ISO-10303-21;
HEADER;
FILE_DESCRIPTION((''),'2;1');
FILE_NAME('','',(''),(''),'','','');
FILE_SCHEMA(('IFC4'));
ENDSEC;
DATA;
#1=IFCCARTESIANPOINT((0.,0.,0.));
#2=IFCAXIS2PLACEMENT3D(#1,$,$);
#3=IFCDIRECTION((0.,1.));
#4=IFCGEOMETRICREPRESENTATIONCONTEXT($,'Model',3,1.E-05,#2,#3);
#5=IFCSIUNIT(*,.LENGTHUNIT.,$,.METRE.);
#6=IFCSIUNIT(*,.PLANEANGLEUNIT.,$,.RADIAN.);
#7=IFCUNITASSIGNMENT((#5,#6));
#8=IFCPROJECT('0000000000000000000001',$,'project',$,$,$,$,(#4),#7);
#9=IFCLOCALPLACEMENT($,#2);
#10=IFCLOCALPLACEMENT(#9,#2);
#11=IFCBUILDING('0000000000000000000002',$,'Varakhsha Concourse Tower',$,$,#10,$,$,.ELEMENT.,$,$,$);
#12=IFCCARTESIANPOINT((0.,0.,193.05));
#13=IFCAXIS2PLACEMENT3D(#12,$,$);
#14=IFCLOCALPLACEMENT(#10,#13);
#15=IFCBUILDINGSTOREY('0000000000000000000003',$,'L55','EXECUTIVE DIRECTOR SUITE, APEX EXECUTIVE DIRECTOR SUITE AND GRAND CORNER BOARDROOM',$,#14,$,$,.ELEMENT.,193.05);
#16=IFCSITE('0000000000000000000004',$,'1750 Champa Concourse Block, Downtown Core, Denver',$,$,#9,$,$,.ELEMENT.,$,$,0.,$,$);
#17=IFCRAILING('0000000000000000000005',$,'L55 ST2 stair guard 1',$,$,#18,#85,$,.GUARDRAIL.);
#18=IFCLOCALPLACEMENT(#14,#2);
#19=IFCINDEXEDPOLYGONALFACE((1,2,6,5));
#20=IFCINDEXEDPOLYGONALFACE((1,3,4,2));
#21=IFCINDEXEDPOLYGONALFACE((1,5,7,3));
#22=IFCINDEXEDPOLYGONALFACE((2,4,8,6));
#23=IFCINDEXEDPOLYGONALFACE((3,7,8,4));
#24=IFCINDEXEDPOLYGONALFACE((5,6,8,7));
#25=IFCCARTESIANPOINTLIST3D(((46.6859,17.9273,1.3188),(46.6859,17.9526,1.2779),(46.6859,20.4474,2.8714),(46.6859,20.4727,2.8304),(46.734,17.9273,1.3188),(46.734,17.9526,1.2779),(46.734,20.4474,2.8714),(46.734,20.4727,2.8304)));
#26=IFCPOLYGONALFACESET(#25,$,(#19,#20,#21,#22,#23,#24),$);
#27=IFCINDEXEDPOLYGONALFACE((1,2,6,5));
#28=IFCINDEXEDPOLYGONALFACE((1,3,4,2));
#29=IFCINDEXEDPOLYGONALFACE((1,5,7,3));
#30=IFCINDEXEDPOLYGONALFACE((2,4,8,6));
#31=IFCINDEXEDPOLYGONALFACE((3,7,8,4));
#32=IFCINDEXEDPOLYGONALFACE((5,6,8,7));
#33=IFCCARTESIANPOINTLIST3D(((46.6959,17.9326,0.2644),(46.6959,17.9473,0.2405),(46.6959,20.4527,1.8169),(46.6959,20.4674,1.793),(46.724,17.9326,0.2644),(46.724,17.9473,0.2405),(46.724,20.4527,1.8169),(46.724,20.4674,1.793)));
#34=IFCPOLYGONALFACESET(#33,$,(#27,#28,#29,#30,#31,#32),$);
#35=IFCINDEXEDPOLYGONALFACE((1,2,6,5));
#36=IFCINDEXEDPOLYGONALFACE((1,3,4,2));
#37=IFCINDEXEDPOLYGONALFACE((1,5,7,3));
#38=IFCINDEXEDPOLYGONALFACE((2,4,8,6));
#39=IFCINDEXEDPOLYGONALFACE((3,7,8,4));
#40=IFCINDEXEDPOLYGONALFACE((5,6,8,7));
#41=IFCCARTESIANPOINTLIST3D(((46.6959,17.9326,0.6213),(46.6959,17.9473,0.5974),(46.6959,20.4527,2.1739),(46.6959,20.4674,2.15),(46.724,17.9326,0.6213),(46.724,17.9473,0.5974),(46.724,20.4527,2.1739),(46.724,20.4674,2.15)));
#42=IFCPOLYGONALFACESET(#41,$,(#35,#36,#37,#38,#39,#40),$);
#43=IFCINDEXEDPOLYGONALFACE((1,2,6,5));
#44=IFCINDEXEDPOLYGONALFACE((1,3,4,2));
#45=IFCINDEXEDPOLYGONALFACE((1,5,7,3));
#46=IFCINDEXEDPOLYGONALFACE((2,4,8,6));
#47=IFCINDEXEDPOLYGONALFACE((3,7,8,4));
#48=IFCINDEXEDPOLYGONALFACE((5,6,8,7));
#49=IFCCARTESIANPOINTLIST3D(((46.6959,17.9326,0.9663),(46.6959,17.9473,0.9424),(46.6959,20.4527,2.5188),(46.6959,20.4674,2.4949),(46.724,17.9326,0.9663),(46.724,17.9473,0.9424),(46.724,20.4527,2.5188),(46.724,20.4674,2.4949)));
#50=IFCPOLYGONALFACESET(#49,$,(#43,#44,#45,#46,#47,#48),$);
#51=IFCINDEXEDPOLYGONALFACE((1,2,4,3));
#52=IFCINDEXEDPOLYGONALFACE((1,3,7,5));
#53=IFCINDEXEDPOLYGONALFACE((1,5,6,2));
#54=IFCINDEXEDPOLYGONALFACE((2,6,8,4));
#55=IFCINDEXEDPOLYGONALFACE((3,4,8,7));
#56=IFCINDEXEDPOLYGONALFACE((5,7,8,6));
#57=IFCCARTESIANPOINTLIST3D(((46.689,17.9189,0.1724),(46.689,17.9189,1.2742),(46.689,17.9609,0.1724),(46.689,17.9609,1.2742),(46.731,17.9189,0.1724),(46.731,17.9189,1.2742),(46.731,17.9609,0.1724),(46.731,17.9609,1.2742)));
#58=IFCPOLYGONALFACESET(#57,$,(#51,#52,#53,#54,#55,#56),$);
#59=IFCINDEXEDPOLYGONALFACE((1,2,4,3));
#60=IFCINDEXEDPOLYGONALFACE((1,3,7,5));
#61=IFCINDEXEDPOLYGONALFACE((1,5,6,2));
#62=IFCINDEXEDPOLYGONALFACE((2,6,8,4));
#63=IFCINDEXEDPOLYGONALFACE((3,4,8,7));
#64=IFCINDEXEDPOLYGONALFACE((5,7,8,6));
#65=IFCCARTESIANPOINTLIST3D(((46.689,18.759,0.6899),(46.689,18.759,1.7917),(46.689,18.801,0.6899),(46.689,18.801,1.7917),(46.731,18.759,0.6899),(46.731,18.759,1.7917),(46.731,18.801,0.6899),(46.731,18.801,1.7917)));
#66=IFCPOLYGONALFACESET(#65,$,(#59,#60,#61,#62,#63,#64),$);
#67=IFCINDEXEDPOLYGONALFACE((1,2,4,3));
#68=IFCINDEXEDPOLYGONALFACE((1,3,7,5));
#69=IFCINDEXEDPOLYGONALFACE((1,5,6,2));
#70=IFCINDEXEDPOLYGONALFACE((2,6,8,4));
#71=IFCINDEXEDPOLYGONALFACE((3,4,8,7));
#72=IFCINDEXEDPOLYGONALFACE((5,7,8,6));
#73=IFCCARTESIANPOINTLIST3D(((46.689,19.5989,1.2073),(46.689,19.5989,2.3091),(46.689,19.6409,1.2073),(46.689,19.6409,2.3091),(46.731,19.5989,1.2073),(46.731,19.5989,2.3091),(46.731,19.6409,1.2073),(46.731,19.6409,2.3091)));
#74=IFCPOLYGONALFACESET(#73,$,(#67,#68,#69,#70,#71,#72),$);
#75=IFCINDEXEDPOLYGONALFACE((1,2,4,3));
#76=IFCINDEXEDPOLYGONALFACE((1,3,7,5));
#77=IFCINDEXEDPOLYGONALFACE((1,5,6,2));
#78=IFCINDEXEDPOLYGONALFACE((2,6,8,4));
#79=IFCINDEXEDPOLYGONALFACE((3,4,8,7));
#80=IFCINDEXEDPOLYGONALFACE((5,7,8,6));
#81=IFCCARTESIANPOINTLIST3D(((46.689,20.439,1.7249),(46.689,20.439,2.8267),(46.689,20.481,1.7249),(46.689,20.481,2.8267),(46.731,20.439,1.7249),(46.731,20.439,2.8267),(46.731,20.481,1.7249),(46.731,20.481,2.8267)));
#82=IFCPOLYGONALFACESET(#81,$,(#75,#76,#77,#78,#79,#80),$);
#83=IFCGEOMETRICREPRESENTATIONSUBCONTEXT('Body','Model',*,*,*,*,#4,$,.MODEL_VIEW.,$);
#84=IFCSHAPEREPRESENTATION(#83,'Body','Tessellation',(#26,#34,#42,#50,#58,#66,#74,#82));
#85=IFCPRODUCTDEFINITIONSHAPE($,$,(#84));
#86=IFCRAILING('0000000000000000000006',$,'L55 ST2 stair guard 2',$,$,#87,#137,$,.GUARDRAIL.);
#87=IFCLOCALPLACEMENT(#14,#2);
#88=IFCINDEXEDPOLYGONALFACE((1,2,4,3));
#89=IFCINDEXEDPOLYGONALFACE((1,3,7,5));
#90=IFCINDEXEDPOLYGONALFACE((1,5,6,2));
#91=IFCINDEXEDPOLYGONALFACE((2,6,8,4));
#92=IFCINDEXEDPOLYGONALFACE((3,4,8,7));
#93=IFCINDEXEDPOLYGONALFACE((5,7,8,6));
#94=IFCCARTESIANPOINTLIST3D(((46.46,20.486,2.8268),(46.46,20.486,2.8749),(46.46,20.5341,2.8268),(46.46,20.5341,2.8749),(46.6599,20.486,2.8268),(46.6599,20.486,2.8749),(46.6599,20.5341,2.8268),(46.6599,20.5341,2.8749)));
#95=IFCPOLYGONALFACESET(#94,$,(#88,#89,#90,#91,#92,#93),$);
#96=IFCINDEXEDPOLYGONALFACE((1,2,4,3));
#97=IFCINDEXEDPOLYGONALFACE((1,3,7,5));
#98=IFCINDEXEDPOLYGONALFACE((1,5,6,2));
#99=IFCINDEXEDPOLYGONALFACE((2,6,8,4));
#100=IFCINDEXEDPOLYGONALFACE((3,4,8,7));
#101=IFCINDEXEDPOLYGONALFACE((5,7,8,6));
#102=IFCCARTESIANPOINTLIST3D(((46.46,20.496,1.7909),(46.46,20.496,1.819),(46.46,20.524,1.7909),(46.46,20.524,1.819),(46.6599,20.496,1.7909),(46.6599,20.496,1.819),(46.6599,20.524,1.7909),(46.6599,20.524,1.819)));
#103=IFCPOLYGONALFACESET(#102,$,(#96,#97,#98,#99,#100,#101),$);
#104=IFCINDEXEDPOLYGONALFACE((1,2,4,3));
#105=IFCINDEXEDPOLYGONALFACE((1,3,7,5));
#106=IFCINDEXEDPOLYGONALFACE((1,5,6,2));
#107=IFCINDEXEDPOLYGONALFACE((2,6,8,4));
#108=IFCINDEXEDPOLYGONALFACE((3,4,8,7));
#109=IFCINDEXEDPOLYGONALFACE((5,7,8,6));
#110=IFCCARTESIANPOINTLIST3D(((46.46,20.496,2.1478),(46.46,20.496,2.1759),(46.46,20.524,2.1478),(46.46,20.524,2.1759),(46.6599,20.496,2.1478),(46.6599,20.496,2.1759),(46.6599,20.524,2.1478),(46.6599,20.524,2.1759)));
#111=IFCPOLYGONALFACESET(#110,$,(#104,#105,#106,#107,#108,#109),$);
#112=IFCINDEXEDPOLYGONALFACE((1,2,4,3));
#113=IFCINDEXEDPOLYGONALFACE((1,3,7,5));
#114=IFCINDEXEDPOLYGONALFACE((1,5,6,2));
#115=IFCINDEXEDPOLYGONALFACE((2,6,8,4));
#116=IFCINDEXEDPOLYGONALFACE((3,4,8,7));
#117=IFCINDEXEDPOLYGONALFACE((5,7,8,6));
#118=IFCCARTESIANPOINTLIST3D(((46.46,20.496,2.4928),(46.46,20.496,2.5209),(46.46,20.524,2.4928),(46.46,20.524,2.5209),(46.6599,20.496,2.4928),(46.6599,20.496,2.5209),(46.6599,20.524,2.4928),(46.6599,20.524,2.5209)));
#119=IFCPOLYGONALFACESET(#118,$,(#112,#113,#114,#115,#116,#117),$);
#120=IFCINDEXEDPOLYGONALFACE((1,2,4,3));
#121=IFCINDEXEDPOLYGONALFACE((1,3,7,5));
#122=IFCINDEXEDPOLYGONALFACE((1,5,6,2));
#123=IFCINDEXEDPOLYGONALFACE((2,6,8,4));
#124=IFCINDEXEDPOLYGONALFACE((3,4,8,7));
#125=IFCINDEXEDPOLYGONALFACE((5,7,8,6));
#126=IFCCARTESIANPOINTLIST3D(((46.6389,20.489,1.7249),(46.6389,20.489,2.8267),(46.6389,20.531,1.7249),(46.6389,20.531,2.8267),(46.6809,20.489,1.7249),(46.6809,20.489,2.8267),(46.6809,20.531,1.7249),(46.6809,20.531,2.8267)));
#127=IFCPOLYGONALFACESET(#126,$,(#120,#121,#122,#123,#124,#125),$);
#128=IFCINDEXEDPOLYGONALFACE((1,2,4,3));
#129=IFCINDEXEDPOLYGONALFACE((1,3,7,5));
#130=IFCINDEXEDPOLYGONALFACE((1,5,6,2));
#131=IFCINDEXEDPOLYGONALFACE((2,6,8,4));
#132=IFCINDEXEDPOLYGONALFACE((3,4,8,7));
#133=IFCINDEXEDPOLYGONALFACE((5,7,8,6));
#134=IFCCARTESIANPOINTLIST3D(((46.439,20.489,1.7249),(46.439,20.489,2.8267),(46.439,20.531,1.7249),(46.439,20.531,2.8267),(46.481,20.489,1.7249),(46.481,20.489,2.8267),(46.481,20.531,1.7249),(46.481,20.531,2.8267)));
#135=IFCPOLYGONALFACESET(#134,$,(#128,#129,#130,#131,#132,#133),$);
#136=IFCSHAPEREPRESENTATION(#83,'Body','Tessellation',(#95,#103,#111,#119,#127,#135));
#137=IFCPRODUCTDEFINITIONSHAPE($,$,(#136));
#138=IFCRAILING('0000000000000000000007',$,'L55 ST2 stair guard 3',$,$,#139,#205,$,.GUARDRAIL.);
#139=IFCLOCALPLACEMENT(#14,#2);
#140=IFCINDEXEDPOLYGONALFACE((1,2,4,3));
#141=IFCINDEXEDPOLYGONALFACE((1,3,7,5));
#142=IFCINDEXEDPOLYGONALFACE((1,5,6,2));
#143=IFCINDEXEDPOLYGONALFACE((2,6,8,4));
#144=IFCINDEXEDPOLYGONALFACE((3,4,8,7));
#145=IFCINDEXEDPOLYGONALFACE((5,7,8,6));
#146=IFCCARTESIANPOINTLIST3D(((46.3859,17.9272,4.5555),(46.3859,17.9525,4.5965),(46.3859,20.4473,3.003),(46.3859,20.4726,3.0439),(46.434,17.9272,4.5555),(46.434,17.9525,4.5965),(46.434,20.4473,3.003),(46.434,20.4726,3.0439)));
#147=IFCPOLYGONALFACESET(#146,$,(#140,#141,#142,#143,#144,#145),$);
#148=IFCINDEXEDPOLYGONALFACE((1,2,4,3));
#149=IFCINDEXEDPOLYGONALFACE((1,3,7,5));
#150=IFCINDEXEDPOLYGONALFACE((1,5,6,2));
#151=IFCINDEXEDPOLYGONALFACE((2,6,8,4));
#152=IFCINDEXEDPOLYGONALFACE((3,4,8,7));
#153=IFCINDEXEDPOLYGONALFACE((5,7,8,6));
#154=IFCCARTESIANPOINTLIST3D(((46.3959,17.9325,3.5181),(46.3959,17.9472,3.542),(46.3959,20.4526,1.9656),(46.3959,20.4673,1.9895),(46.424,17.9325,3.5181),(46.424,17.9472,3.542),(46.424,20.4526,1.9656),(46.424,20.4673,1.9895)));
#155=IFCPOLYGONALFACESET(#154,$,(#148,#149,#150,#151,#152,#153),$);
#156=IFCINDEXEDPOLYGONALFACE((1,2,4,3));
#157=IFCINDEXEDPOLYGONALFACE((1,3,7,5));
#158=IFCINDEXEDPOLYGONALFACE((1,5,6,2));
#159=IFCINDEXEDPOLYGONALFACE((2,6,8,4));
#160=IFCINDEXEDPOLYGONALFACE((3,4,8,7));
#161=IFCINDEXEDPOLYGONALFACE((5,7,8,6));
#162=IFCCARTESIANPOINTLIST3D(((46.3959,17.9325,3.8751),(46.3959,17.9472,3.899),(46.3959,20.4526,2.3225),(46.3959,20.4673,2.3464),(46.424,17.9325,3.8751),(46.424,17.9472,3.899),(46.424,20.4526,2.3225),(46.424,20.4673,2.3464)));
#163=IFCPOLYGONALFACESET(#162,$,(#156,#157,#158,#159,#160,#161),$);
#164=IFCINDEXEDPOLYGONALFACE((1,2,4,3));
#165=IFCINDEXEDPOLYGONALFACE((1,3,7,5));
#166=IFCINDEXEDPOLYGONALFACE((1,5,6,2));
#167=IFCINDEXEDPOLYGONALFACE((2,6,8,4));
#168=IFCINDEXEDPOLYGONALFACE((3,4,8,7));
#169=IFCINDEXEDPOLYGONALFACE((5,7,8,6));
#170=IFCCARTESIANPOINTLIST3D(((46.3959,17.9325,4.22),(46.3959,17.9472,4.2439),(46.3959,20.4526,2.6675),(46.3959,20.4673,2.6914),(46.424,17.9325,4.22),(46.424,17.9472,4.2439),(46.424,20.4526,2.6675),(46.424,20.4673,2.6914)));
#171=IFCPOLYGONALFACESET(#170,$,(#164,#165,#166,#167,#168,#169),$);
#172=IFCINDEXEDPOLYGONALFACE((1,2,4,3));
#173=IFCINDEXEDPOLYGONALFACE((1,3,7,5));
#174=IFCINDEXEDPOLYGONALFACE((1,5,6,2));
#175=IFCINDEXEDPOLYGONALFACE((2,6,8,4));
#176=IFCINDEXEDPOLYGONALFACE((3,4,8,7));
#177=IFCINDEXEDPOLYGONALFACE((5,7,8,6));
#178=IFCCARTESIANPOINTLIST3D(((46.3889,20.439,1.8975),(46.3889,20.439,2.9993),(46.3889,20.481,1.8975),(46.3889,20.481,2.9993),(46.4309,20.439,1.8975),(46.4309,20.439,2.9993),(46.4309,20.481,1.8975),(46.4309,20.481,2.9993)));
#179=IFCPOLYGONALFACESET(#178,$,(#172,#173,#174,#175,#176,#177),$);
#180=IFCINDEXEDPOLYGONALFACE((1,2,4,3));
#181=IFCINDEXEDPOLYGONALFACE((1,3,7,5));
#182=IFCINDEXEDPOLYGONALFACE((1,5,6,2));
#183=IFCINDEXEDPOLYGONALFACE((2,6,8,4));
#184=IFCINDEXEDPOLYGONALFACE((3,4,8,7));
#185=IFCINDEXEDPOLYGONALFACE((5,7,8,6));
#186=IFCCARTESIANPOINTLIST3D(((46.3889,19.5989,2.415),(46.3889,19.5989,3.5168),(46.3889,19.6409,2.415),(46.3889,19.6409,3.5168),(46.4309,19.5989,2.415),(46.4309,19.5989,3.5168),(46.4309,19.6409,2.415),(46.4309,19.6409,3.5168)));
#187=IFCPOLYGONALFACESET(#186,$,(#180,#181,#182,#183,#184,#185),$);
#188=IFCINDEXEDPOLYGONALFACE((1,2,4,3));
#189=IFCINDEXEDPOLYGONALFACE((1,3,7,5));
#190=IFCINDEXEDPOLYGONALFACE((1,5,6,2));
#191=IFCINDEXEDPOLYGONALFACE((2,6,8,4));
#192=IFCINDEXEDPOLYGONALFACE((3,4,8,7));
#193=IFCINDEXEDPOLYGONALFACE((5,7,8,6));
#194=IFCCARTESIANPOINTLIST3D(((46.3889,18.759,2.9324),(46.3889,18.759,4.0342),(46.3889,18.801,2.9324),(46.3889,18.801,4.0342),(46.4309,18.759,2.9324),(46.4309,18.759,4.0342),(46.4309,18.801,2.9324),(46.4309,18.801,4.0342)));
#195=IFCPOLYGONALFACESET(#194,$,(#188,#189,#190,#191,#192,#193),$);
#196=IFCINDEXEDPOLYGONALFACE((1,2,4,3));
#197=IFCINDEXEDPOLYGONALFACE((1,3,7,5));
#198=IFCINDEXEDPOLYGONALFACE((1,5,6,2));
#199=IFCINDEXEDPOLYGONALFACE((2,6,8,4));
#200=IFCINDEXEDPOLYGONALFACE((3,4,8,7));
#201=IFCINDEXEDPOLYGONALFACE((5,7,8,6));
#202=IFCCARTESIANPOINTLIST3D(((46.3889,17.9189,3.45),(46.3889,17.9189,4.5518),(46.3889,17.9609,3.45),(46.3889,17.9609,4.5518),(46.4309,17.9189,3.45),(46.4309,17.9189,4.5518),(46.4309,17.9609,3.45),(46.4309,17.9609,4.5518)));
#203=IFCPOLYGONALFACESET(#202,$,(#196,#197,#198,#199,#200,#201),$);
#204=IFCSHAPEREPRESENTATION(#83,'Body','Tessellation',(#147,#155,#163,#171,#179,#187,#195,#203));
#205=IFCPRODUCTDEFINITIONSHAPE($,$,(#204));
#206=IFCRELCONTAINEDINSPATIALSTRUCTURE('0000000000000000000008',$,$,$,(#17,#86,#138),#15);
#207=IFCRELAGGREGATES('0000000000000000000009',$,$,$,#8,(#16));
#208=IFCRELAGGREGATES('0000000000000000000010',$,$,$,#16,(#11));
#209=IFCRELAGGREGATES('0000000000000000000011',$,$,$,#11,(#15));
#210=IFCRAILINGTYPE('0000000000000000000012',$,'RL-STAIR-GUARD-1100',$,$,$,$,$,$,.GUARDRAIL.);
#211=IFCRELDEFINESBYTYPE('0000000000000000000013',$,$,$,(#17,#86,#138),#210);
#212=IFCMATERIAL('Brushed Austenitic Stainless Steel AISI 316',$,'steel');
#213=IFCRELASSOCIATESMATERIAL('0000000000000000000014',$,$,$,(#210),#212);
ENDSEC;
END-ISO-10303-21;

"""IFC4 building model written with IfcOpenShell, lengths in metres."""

from ifc_helpers import new_model, si_unit, direction, frame, origin, origin_2d, place, context, subcontext, project, spatial, rectangle, extrude, material, type_object, element, save


model = new_model("IFC4")

# Units and contexts
model_context = context("Model", 3, precision=1e-05, world=origin(), true_north=direction((0.0, 1.0)))
body_context = subcontext(model_context, "Body", "Model", "MODEL_VIEW")
ifc_project = project(units=[si_unit("LENGTHUNIT", "METRE"), si_unit("PLANEANGLEUNIT", "RADIAN")], contexts=[model_context])

# Site, building, storey
site_placement = place(None, origin())
site = spatial("IfcSite", under=ifc_project, at=site_placement, Name="1750 Champa Concourse Block, Downtown Core, Denver", CompositionType="ELEMENT", RefElevation=0.0)
building_placement = place(site_placement, origin())
building = spatial("IfcBuilding", under=site, at=building_placement, Name="Varakhsha Concourse Tower", CompositionType="ELEMENT")
storey_placement = place(building_placement, frame((0.0, 0.0, 193.05)))
storey = spatial("IfcBuildingStorey", under=building, at=storey_placement, Name="L55", Description="EXECUTIVE DIRECTOR SUITE, APEX EXECUTIVE DIRECTOR SUITE AND GRAND CORNER BOARDROOM", CompositionType="ELEMENT", Elevation=193.05)

# Railings
ifc_material_1 = material(Name="Brushed Austenitic Stainless Steel AISI 316", Category="steel")
railing_type_1 = type_object("IfcRailingType", Name="RL-STAIR-GUARD-1100", PredefinedType="GUARDRAIL", material=ifc_material_1)
railing_1_placement = place(storey_placement, frame((46.71, 17.9399, 0.1724)))
element("IfcRailing", 1, at=railing_1_placement, inside=storey, type_object=railing_type_1, Name="L55 ST2 stair guard 1", PredefinedType="GUARDRAIL", context=body_context, shape_type="SweptSolid", body=[
    extrude(rectangle(XDim=0.0481, YDim=0.0481, at=origin_2d()), frame((0.0, 0.0, 1.126), z_axis=(0.0, 0.8514, 0.524516), x_axis=(-1.0, 0.0, 0.0)), (0.0, 0.0, 1.0), 2.96),
    extrude(rectangle(XDim=0.0281, YDim=0.0281, at=origin_2d()), frame((0.0, 0.0, 0.0801), z_axis=(0.0, 0.8514, 0.524516), x_axis=(-1.0, 0.0, 0.0)), (0.0, 0.0, 1.0), 2.96),
    extrude(rectangle(XDim=0.0281, YDim=0.0281, at=origin_2d()), frame((0.0, 0.0, 0.437), z_axis=(0.0, 0.8514, 0.524516), x_axis=(-1.0, 0.0, 0.0)), (0.0, 0.0, 1.0), 2.96),
    extrude(rectangle(XDim=0.0281, YDim=0.0281, at=origin_2d()), frame((0.0, 0.0, 0.782), z_axis=(0.0, 0.8514, 0.524516), x_axis=(-1.0, 0.0, 0.0)), (0.0, 0.0, 1.0), 2.96),
    extrude(rectangle(XDim=0.042, YDim=0.042, at=origin_2d()), origin(), (0.0, 0.0, 1.0), 1.1018),
    extrude(rectangle(XDim=0.042, YDim=0.042, at=origin_2d()), frame((0.0, 0.8401, 0.5176)), (0.0, 0.0, 1.0), 1.1018),
    extrude(rectangle(XDim=0.042, YDim=0.042, at=origin_2d()), frame((0.0, 1.6799, 1.0349)), (0.0, 0.0, 1.0), 1.1018),
    extrude(rectangle(XDim=0.042, YDim=0.042, at=origin_2d()), frame((0.0, 2.52, 1.5525)), (0.0, 0.0, 1.0), 1.1018),
])
railing_2_placement = place(storey_placement, frame((46.6599, 20.51, 1.7249)))
element("IfcRailing", 2, at=railing_2_placement, inside=storey, type_object=railing_type_1, Name="L55 ST2 stair guard 2", PredefinedType="GUARDRAIL", context=body_context, shape_type="SweptSolid", body=[
    extrude(rectangle(XDim=0.0481, YDim=0.0481, at=origin_2d()), frame((0.0, 0.0, 1.126), z_axis=(-1.0, 0.0, 0.0), x_axis=(0.0, -1.0, 0.0)), (0.0, 0.0, 1.0), 0.2),
    extrude(rectangle(XDim=0.0281, YDim=0.0281, at=origin_2d()), frame((0.0, 0.0, 0.0801), z_axis=(-1.0, 0.0, 0.0), x_axis=(0.0, -1.0, 0.0)), (0.0, 0.0, 1.0), 0.2),
    extrude(rectangle(XDim=0.0281, YDim=0.0281, at=origin_2d()), frame((0.0, 0.0, 0.437), z_axis=(-1.0, 0.0, 0.0), x_axis=(0.0, -1.0, 0.0)), (0.0, 0.0, 1.0), 0.2),
    extrude(rectangle(XDim=0.0281, YDim=0.0281, at=origin_2d()), frame((0.0, 0.0, 0.782), z_axis=(-1.0, 0.0, 0.0), x_axis=(0.0, -1.0, 0.0)), (0.0, 0.0, 1.0), 0.2),
    extrude(rectangle(XDim=0.042, YDim=0.042, at=origin_2d()), origin(), (0.0, 0.0, 1.0), 1.1018),
    extrude(rectangle(XDim=0.042, YDim=0.042, at=origin_2d()), frame((-0.2, 0.0, 0.0)), (0.0, 0.0, 1.0), 1.1018),
])
railing_3_placement = place(storey_placement, frame((46.4099, 20.46, 1.8975)))
element("IfcRailing", 3, at=railing_3_placement, inside=storey, type_object=railing_type_1, Name="L55 ST2 stair guard 3", PredefinedType="GUARDRAIL", context=body_context, shape_type="SweptSolid", body=[
    extrude(rectangle(XDim=0.0481, YDim=0.0481, at=origin_2d()), frame((0.0, 0.0, 1.126), z_axis=(0.0, -0.8514, 0.524516), x_axis=(1.0, 0.0, 0.0)), (0.0, 0.0, 1.0), 2.96),
    extrude(rectangle(XDim=0.0281, YDim=0.0281, at=origin_2d()), frame((0.0, 0.0, 0.0801), z_axis=(0.0, -0.8514, 0.524516), x_axis=(1.0, 0.0, 0.0)), (0.0, 0.0, 1.0), 2.96),
    extrude(rectangle(XDim=0.0281, YDim=0.0281, at=origin_2d()), frame((0.0, 0.0, 0.437), z_axis=(0.0, -0.8514, 0.524516), x_axis=(1.0, 0.0, 0.0)), (0.0, 0.0, 1.0), 2.96),
    extrude(rectangle(XDim=0.0281, YDim=0.0281, at=origin_2d()), frame((0.0, 0.0, 0.782), z_axis=(0.0, -0.8514, 0.524516), x_axis=(1.0, 0.0, 0.0)), (0.0, 0.0, 1.0), 2.96),
    extrude(rectangle(XDim=0.042, YDim=0.042, at=origin_2d()), origin(), (0.0, 0.0, 1.0), 1.1018),
    extrude(rectangle(XDim=0.042, YDim=0.042, at=origin_2d()), frame((0.0, -0.8401, 0.5176)), (0.0, 0.0, 1.0), 1.1018),
    extrude(rectangle(XDim=0.042, YDim=0.042, at=origin_2d()), frame((0.0, -1.6799, 1.0349)), (0.0, 0.0, 1.0), 1.1018),
    extrude(rectangle(XDim=0.042, YDim=0.042, at=origin_2d()), frame((0.0, -2.52, 1.5525)), (0.0, 0.0, 1.0), 1.1018),
])

save(model, "model.ifc")
